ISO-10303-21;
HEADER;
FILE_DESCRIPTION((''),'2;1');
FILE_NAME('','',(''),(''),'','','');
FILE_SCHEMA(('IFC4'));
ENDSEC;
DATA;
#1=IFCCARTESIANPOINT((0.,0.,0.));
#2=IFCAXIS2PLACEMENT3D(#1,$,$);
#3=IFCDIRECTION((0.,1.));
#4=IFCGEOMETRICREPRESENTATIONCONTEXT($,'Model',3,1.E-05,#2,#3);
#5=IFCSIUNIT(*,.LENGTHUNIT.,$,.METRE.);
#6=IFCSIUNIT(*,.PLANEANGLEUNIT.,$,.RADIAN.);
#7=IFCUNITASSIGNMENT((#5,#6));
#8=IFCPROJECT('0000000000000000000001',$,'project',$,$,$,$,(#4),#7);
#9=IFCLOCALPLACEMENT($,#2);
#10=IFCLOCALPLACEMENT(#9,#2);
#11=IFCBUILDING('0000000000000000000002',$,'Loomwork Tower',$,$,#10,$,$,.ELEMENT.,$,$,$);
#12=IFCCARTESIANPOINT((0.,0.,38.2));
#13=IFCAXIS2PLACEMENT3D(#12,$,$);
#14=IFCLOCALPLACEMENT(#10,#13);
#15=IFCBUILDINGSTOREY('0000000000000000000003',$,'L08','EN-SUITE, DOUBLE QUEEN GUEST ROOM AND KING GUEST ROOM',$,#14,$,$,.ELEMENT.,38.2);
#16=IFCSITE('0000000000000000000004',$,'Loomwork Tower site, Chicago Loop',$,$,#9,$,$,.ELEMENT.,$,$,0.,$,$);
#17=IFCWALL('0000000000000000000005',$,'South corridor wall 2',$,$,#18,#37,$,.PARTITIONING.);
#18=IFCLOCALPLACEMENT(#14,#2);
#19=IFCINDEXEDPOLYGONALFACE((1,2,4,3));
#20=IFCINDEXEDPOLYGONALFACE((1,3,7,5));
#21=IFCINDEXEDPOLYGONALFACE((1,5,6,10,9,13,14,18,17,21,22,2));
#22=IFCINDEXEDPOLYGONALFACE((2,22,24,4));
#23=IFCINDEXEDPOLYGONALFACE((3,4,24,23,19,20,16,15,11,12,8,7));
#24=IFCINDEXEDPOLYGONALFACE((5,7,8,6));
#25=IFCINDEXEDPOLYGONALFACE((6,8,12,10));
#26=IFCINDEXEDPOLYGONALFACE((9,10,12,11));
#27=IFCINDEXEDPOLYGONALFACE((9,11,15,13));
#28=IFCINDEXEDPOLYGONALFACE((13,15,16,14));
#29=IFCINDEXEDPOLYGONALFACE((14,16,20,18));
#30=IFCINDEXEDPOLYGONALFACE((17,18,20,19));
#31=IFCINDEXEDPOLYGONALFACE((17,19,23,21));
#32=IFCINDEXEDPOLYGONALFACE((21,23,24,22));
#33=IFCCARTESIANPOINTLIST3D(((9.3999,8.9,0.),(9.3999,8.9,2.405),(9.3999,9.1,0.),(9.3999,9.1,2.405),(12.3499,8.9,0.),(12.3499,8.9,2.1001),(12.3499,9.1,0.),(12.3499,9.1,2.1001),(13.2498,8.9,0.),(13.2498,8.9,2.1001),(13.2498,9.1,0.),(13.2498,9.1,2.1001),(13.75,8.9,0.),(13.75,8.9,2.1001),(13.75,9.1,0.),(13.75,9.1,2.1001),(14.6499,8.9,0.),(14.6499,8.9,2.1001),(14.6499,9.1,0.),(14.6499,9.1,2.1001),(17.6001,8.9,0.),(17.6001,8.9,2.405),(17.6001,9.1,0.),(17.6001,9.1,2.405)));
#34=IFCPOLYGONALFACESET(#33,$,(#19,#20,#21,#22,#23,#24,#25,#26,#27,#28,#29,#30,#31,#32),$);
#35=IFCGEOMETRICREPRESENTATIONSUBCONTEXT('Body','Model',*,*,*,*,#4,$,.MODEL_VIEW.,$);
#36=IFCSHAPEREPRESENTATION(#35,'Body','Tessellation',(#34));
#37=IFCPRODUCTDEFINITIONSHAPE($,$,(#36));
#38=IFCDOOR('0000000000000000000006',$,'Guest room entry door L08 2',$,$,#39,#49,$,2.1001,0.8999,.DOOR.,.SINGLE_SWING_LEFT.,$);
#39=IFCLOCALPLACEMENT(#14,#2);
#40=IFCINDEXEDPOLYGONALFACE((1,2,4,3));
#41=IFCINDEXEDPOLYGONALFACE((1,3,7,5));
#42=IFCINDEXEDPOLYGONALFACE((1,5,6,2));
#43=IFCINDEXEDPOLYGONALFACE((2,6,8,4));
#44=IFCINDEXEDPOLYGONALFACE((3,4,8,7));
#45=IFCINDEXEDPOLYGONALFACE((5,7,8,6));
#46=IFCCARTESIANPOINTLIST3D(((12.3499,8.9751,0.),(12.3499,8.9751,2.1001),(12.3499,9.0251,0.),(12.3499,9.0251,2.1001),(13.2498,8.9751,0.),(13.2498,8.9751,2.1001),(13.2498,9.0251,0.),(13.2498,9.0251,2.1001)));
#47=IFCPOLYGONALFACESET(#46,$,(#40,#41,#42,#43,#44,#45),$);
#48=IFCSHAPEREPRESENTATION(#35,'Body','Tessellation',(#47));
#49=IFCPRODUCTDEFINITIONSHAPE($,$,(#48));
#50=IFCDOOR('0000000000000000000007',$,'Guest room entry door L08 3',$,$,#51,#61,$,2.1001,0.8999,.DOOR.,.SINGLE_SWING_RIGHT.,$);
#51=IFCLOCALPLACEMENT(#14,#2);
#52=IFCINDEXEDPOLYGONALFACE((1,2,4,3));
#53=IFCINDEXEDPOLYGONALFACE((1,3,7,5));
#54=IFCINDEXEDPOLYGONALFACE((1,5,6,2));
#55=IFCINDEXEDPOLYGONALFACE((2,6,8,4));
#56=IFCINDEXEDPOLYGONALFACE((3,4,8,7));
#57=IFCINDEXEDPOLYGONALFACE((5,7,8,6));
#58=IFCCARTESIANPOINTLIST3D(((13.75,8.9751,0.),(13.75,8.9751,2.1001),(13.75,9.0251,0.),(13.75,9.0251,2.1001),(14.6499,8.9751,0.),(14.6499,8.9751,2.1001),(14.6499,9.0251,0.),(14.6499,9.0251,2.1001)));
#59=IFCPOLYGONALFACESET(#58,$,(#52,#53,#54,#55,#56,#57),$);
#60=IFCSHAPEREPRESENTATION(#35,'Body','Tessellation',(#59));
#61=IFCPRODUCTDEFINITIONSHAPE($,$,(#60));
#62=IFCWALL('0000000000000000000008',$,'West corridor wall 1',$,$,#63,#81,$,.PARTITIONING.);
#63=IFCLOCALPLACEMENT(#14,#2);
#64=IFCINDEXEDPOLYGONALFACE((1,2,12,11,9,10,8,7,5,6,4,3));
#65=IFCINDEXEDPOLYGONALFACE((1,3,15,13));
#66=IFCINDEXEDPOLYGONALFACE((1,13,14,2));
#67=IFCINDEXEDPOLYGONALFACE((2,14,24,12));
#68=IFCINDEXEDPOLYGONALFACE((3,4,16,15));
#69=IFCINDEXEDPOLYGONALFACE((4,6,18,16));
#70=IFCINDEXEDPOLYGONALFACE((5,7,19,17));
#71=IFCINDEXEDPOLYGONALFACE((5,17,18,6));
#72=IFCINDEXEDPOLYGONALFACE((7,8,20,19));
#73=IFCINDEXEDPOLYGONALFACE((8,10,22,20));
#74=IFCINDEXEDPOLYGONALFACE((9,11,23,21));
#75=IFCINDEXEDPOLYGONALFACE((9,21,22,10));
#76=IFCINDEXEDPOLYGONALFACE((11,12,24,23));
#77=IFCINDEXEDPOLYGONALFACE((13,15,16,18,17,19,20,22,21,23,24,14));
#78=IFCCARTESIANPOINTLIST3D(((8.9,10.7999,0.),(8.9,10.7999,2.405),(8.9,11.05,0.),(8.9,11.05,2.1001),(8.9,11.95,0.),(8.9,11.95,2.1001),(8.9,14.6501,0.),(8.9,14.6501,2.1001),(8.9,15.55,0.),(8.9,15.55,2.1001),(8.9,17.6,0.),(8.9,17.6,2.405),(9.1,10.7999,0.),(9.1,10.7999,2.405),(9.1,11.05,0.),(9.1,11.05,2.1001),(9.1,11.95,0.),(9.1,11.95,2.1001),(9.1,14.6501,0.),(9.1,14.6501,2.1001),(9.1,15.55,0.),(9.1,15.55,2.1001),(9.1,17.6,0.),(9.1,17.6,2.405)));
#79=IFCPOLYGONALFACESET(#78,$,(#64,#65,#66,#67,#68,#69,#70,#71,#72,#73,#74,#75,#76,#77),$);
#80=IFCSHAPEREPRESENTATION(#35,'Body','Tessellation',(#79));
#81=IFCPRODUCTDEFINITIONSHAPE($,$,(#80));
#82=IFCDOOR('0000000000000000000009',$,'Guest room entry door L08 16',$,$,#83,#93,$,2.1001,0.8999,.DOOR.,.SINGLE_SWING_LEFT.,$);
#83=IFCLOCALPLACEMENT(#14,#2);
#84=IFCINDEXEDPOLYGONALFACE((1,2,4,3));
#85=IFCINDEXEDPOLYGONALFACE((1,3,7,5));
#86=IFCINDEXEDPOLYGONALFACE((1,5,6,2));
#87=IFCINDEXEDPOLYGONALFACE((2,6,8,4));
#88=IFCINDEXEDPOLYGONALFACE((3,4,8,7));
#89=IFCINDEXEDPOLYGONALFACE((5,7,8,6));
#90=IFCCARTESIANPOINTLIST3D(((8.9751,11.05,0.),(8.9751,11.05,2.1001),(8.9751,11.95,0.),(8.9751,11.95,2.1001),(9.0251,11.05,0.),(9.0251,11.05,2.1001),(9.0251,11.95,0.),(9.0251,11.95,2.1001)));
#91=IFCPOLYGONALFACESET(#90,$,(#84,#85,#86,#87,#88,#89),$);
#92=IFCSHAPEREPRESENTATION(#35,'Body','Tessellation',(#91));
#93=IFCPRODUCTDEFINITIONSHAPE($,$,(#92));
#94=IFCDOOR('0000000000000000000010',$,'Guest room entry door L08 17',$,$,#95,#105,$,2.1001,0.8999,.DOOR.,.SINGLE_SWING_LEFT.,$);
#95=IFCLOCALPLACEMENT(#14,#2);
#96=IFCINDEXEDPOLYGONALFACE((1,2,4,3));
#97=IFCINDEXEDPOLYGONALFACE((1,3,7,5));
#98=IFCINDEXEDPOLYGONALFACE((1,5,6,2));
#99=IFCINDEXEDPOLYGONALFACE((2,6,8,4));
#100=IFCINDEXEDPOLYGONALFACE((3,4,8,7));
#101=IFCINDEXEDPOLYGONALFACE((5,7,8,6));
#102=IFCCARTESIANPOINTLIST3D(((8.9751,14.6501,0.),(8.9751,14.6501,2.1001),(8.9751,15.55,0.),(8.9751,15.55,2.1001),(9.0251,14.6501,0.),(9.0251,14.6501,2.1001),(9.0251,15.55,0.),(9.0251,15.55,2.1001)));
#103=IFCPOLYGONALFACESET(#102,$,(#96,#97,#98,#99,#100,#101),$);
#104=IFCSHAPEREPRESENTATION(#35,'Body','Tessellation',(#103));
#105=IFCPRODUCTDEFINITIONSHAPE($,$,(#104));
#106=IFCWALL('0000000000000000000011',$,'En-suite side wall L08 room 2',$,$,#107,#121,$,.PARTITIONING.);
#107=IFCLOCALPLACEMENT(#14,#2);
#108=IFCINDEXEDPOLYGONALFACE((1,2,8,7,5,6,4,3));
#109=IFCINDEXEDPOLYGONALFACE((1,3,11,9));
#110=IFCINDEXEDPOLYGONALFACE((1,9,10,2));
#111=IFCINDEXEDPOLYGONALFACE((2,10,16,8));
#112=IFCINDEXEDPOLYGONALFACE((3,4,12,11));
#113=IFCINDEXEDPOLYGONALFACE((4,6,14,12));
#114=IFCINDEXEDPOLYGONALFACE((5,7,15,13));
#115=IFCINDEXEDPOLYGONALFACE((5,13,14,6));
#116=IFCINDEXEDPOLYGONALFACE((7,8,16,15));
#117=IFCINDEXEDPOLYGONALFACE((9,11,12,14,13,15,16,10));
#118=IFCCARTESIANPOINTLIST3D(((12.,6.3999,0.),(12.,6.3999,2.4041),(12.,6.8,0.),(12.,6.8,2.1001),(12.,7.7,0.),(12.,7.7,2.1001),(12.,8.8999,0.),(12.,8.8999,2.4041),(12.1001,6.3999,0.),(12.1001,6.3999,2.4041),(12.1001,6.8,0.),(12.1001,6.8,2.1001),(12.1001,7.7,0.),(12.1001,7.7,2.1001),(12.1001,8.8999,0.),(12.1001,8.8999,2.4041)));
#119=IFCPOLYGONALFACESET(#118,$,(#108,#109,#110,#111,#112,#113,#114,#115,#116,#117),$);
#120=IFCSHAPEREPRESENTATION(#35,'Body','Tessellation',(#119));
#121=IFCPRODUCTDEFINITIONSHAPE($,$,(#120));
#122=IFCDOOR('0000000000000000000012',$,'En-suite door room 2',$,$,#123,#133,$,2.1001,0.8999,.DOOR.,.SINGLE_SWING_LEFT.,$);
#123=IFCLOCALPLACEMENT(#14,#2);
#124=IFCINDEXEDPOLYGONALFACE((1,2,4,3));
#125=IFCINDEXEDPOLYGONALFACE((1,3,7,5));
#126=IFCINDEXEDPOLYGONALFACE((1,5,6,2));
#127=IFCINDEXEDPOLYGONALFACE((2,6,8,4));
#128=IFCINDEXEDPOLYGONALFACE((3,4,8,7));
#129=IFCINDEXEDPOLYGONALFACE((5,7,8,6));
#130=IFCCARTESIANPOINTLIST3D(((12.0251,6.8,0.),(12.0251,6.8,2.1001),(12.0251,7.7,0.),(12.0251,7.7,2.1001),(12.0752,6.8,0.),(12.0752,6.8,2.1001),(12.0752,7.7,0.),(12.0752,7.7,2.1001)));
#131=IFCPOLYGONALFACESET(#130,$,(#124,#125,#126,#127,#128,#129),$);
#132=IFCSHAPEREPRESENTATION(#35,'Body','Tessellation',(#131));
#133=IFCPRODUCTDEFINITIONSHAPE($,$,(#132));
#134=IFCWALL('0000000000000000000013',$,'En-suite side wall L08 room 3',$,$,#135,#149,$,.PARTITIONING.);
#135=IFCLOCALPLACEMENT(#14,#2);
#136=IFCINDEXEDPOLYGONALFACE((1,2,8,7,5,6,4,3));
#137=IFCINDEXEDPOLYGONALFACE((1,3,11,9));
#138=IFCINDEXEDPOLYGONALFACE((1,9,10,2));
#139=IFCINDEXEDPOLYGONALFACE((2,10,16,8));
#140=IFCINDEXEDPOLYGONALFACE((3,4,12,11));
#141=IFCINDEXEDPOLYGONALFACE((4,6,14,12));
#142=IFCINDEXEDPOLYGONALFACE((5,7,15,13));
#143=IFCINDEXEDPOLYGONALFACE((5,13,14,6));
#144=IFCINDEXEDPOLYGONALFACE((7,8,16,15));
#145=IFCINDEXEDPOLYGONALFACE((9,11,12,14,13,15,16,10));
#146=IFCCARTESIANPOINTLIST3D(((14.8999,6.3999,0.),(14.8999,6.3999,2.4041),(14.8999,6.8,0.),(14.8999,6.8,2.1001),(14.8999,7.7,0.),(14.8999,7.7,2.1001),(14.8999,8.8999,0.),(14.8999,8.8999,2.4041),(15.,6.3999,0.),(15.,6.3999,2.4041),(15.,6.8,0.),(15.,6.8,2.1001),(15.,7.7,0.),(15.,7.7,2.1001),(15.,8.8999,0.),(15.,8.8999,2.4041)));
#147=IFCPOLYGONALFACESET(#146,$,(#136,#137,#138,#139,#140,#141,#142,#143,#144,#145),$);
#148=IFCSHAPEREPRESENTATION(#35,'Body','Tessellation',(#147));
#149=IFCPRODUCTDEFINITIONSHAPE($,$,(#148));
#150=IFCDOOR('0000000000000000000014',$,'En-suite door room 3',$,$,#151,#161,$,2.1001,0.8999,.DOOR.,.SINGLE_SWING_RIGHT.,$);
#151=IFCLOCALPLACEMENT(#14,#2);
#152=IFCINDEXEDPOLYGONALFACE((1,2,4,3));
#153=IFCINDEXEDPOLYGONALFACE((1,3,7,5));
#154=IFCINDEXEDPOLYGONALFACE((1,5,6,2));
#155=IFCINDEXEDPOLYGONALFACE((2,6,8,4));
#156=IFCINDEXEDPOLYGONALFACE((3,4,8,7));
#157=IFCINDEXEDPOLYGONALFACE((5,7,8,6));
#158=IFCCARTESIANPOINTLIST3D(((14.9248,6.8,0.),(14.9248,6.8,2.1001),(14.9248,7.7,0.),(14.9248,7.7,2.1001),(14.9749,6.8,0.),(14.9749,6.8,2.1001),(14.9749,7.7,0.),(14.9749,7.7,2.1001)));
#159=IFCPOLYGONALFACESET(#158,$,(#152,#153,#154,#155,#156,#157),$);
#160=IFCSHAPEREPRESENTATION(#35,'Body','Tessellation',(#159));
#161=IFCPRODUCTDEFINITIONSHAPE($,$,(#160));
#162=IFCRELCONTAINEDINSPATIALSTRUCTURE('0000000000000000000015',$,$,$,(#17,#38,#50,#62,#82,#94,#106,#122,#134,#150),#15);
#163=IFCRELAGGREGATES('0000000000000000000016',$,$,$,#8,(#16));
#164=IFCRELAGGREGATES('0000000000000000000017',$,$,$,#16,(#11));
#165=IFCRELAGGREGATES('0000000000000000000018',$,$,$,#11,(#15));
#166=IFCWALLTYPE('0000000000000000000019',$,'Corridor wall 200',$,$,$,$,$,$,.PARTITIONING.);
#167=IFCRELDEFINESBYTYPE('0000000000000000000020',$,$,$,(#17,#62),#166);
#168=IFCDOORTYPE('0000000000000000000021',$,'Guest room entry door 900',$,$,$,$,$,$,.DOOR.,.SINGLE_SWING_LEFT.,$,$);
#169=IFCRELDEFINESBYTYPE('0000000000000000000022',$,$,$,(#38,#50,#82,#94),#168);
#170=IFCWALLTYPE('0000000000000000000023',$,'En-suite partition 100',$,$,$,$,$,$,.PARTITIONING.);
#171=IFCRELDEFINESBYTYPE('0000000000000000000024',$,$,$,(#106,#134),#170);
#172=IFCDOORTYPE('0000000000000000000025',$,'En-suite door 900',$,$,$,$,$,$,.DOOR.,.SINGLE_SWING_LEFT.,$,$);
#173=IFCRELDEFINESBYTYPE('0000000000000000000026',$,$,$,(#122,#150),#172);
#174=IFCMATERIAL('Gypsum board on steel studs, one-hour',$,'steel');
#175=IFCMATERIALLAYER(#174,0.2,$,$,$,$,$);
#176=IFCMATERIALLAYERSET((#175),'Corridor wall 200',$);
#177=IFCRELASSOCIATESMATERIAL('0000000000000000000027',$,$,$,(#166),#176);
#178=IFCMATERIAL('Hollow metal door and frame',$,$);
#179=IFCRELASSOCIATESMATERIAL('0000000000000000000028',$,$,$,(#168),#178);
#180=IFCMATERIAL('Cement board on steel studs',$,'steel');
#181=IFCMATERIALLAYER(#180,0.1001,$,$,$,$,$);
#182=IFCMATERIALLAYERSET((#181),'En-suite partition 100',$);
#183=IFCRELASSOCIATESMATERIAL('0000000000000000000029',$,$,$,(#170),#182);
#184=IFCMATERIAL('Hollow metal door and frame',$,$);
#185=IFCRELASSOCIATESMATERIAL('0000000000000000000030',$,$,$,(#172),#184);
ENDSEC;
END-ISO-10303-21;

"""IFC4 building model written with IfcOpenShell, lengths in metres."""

from ifc_helpers import new_model, si_unit, direction, frame, frame_2d, origin, place, context, subcontext, project, spatial, rectangle, extrude, material, layer, layer_set, type_object, element, fill, save


model = new_model("IFC4")

# Units and contexts
model_context = context("Model", 3, precision=1e-05, world=origin(), true_north=direction((0.0, 1.0)))
body_context = subcontext(model_context, "Body", "Model", "MODEL_VIEW")
ifc_project = project(units=[si_unit("LENGTHUNIT", "METRE"), si_unit("PLANEANGLEUNIT", "RADIAN")], contexts=[model_context])

# Site, building, storey
site_placement = place(None, origin())
site = spatial("IfcSite", under=ifc_project, at=site_placement, Name="Loomwork Tower site, Chicago Loop", CompositionType="ELEMENT", RefElevation=0.0)
building_placement = place(site_placement, origin())
building = spatial("IfcBuilding", under=site, at=building_placement, Name="Loomwork Tower", CompositionType="ELEMENT")
storey_placement = place(building_placement, frame((0.0, 0.0, 38.2)))
storey = spatial("IfcBuildingStorey", under=building, at=storey_placement, Name="L08", Description="EN-SUITE, DOUBLE QUEEN GUEST ROOM AND KING GUEST ROOM", CompositionType="ELEMENT", Elevation=38.2)

# Walls, openings, doors
ifc_material_1 = material(Name="Gypsum board on steel studs, one-hour", Category="steel")
ifc_layer_1 = layer(ifc_material_1, 0.2)
ifc_layer_set_1 = layer_set([ifc_layer_1], Name="Corridor wall 200")
wall_type_1 = type_object("IfcWallType", Name="Corridor wall 200", PredefinedType="PARTITIONING", material=ifc_layer_set_1)
wall_1_placement = place(storey_placement, frame((9.3999, 9.0, 0.0), z_axis=(0.0, 0.0, 1.0), x_axis=(1.0, 0.0, 0.0)))
wall_1 = element("IfcWall", 1, at=wall_1_placement, inside=storey, type_object=wall_type_1, Name="South corridor wall 2", PredefinedType="PARTITIONING", context=body_context, shape_type="SweptSolid", body=[
    extrude(rectangle(XDim=8.2002, YDim=0.2, at=frame_2d((4.1001, 0.0))), origin(), (0.0, 0.0, 1.0), 2.405),
])
opening_1_placement = place(wall_1_placement, frame((2.95, 0.0, 0.0)))
opening_1 = element("IfcOpeningElement", 2, at=opening_1_placement, cuts=wall_1, PredefinedType="OPENING", context=body_context, shape_type="SweptSolid", body=[
    extrude(rectangle(XDim=0.8999, YDim=2.1001, at=frame_2d((0.45, 1.05))), frame((0.0, 0.1099, 0.0), z_axis=(0.0, -1.0, 0.0), x_axis=(1.0, 0.0, 0.0)), (0.0, 0.0, 1.0), 0.22),
])
opening_2_placement = place(wall_1_placement, frame((4.3501, 0.0, 0.0)))
opening_2 = element("IfcOpeningElement", 3, at=opening_2_placement, cuts=wall_1, PredefinedType="OPENING", context=body_context, shape_type="SweptSolid", body=[
    extrude(rectangle(XDim=0.8999, YDim=2.1001, at=frame_2d((0.45, 1.05))), frame((0.0, 0.1099, 0.0), z_axis=(0.0, -1.0, 0.0), x_axis=(1.0, 0.0, 0.0)), (0.0, 0.0, 1.0), 0.22),
])
ifc_material_2 = material(Name="Hollow metal door and frame")
door_type_1 = type_object("IfcDoorType", Name="Guest room entry door 900", OperationType="SINGLE_SWING_LEFT", PredefinedType="DOOR", material=ifc_material_2)
door_1_placement = place(opening_1_placement, frame((0.8999, 0.0, 0.0), z_axis=(0.0, 0.0, 1.0), x_axis=(-1.0, 0.0, 0.0)))
door_1 = element("IfcDoor", 4, at=door_1_placement, inside=storey, type_object=door_type_1, Name="Guest room entry door L08 2", OperationType="SINGLE_SWING_LEFT", OverallHeight=2.1001, OverallWidth=0.8999, PredefinedType="DOOR", context=body_context, shape_type="SweptSolid", body=[
    extrude(rectangle(XDim=0.8999, YDim=2.1001, at=frame_2d((0.45, 1.05))), frame((0.0, 0.0249, 0.0), z_axis=(0.0, -1.0, 0.0), x_axis=(1.0, 0.0, 0.0)), (0.0, 0.0, 1.0), 0.05),
])
fill(opening_1, door_1)
door_2_placement = place(opening_2_placement, frame((0.8999, 0.0, 0.0), z_axis=(0.0, 0.0, 1.0), x_axis=(-1.0, 0.0, 0.0)))
door_2 = element("IfcDoor", 5, at=door_2_placement, inside=storey, type_object=door_type_1, Name="Guest room entry door L08 3", OperationType="SINGLE_SWING_RIGHT", OverallHeight=2.1001, OverallWidth=0.8999, PredefinedType="DOOR", context=body_context, shape_type="SweptSolid", body=[
    extrude(rectangle(XDim=0.8999, YDim=2.1001, at=frame_2d((0.45, 1.05))), frame((0.0, 0.0249, 0.0), z_axis=(0.0, -1.0, 0.0), x_axis=(1.0, 0.0, 0.0)), (0.0, 0.0, 1.0), 0.05),
])
fill(opening_2, door_2)
wall_2_placement = place(storey_placement, frame((9.0, 10.8, 0.0), z_axis=(0.0, 0.0, 1.0), x_axis=(0.0, 1.0, 0.0)))
wall_2 = element("IfcWall", 6, at=wall_2_placement, inside=storey, type_object=wall_type_1, Name="West corridor wall 1", PredefinedType="PARTITIONING", context=body_context, shape_type="SweptSolid", body=[
    extrude(rectangle(XDim=6.8, YDim=0.2, at=frame_2d((3.3999, 0.0))), origin(), (0.0, 0.0, 1.0), 2.405),
])
opening_3_placement = place(wall_2_placement, frame((0.25, 0.0, 0.0)))
opening_3 = element("IfcOpeningElement", 7, at=opening_3_placement, cuts=wall_2, PredefinedType="OPENING", context=body_context, shape_type="SweptSolid", body=[
    extrude(rectangle(XDim=0.8999, YDim=2.1001, at=frame_2d((0.45, 1.05))), frame((0.0, 0.1099, 0.0), z_axis=(0.0, -1.0, 0.0), x_axis=(1.0, 0.0, 0.0)), (0.0, 0.0, 1.0), 0.22),
])
opening_4_placement = place(wall_2_placement, frame((3.8501, 0.0, 0.0)))
opening_4 = element("IfcOpeningElement", 8, at=opening_4_placement, cuts=wall_2, PredefinedType="OPENING", context=body_context, shape_type="SweptSolid", body=[
    extrude(rectangle(XDim=0.8999, YDim=2.1001, at=frame_2d((0.45, 1.05))), frame((0.0, 0.1099, 0.0), z_axis=(0.0, -1.0, 0.0), x_axis=(1.0, 0.0, 0.0)), (0.0, 0.0, 1.0), 0.22),
])
door_3_placement = place(opening_3_placement, origin())
door_3 = element("IfcDoor", 9, at=door_3_placement, inside=storey, type_object=door_type_1, Name="Guest room entry door L08 16", OperationType="SINGLE_SWING_LEFT", OverallHeight=2.1001, OverallWidth=0.8999, PredefinedType="DOOR", context=body_context, shape_type="SweptSolid", body=[
    extrude(rectangle(XDim=0.8999, YDim=2.1001, at=frame_2d((0.45, 1.05))), frame((0.0, 0.0249, 0.0), z_axis=(0.0, -1.0, 0.0), x_axis=(1.0, 0.0, 0.0)), (0.0, 0.0, 1.0), 0.05),
])
fill(opening_3, door_3)
door_4_placement = place(opening_4_placement, origin())
door_4 = element("IfcDoor", 10, at=door_4_placement, inside=storey, type_object=door_type_1, Name="Guest room entry door L08 17", OperationType="SINGLE_SWING_LEFT", OverallHeight=2.1001, OverallWidth=0.8999, PredefinedType="DOOR", context=body_context, shape_type="SweptSolid", body=[
    extrude(rectangle(XDim=0.8999, YDim=2.1001, at=frame_2d((0.45, 1.05))), frame((0.0, 0.0249, 0.0), z_axis=(0.0, -1.0, 0.0), x_axis=(1.0, 0.0, 0.0)), (0.0, 0.0, 1.0), 0.05),
])
fill(opening_4, door_4)

# Walls, openings, doors
ifc_material_3 = material(Name="Cement board on steel studs", Category="steel")
ifc_layer_2 = layer(ifc_material_3, 0.1001)
ifc_layer_set_2 = layer_set([ifc_layer_2], Name="En-suite partition 100")
wall_type_2 = type_object("IfcWallType", Name="En-suite partition 100", PredefinedType="PARTITIONING", material=ifc_layer_set_2)
wall_3_placement = place(storey_placement, frame((12.05, 8.8999, 0.0), z_axis=(0.0, 0.0, 1.0), x_axis=(0.0, -1.0, 0.0)))
wall_3 = element("IfcWall", 11, at=wall_3_placement, inside=storey, type_object=wall_type_2, Name="En-suite side wall L08 room 2", PredefinedType="PARTITIONING", context=body_context, shape_type="SweptSolid", body=[
    extrude(rectangle(XDim=2.5, YDim=0.1001, at=frame_2d((1.25, 0.0))), origin(), (0.0, 0.0, 1.0), 2.4041),
])
opening_5_placement = place(wall_3_placement, frame((1.2, 0.0, 0.0)))
opening_5 = element("IfcOpeningElement", 12, at=opening_5_placement, cuts=wall_3, PredefinedType="OPENING", context=body_context, shape_type="SweptSolid", body=[
    extrude(rectangle(XDim=0.8999, YDim=2.1001, at=frame_2d((0.45, 1.05))), frame((0.0, 0.0601, 0.0), z_axis=(0.0, -1.0, 0.0), x_axis=(1.0, 0.0, 0.0)), (0.0, 0.0, 1.0), 0.1201),
])
ifc_material_4 = material(Name="Hollow metal door and frame")
door_type_2 = type_object("IfcDoorType", Name="En-suite door 900", OperationType="SINGLE_SWING_LEFT", PredefinedType="DOOR", material=ifc_material_4)
door_5_placement = place(opening_5_placement, frame((0.8999, 0.0, 0.0), z_axis=(0.0, 0.0, 1.0), x_axis=(-1.0, 0.0, 0.0)))
door_5 = element("IfcDoor", 13, at=door_5_placement, inside=storey, type_object=door_type_2, Name="En-suite door room 2", OperationType="SINGLE_SWING_LEFT", OverallHeight=2.1001, OverallWidth=0.8999, PredefinedType="DOOR", context=body_context, shape_type="SweptSolid", body=[
    extrude(rectangle(XDim=0.8999, YDim=2.1001, at=frame_2d((0.45, 1.05))), frame((0.0, 0.0249, 0.0), z_axis=(0.0, -1.0, 0.0), x_axis=(1.0, 0.0, 0.0)), (0.0, 0.0, 1.0), 0.05),
])
fill(opening_5, door_5)
wall_4_placement = place(storey_placement, frame((14.95, 8.8999, 0.0), z_axis=(0.0, 0.0, 1.0), x_axis=(0.0, -1.0, 0.0)))
wall_4 = element("IfcWall", 14, at=wall_4_placement, inside=storey, type_object=wall_type_2, Name="En-suite side wall L08 room 3", PredefinedType="PARTITIONING", context=body_context, shape_type="SweptSolid", body=[
    extrude(rectangle(XDim=2.5, YDim=0.1001, at=frame_2d((1.25, 0.0))), origin(), (0.0, 0.0, 1.0), 2.4041),
])
opening_6_placement = place(wall_4_placement, frame((1.2, 0.0, 0.0)))
opening_6 = element("IfcOpeningElement", 15, at=opening_6_placement, cuts=wall_4, PredefinedType="OPENING", context=body_context, shape_type="SweptSolid", body=[
    extrude(rectangle(XDim=0.8999, YDim=2.1001, at=frame_2d((0.45, 1.05))), frame((0.0, 0.0601, 0.0), z_axis=(0.0, -1.0, 0.0), x_axis=(1.0, 0.0, 0.0)), (0.0, 0.0, 1.0), 0.1201),
])
door_6_placement = place(opening_6_placement, origin())
door_6 = element("IfcDoor", 16, at=door_6_placement, inside=storey, type_object=door_type_2, Name="En-suite door room 3", OperationType="SINGLE_SWING_RIGHT", OverallHeight=2.1001, OverallWidth=0.8999, PredefinedType="DOOR", context=body_context, shape_type="SweptSolid", body=[
    extrude(rectangle(XDim=0.8999, YDim=2.1001, at=frame_2d((0.45, 1.05))), frame((0.0, 0.0249, 0.0), z_axis=(0.0, -1.0, 0.0), x_axis=(1.0, 0.0, 0.0)), (0.0, 0.0, 1.0), 0.05),
])
fill(opening_6, door_6)

save(model, "model.ifc")
